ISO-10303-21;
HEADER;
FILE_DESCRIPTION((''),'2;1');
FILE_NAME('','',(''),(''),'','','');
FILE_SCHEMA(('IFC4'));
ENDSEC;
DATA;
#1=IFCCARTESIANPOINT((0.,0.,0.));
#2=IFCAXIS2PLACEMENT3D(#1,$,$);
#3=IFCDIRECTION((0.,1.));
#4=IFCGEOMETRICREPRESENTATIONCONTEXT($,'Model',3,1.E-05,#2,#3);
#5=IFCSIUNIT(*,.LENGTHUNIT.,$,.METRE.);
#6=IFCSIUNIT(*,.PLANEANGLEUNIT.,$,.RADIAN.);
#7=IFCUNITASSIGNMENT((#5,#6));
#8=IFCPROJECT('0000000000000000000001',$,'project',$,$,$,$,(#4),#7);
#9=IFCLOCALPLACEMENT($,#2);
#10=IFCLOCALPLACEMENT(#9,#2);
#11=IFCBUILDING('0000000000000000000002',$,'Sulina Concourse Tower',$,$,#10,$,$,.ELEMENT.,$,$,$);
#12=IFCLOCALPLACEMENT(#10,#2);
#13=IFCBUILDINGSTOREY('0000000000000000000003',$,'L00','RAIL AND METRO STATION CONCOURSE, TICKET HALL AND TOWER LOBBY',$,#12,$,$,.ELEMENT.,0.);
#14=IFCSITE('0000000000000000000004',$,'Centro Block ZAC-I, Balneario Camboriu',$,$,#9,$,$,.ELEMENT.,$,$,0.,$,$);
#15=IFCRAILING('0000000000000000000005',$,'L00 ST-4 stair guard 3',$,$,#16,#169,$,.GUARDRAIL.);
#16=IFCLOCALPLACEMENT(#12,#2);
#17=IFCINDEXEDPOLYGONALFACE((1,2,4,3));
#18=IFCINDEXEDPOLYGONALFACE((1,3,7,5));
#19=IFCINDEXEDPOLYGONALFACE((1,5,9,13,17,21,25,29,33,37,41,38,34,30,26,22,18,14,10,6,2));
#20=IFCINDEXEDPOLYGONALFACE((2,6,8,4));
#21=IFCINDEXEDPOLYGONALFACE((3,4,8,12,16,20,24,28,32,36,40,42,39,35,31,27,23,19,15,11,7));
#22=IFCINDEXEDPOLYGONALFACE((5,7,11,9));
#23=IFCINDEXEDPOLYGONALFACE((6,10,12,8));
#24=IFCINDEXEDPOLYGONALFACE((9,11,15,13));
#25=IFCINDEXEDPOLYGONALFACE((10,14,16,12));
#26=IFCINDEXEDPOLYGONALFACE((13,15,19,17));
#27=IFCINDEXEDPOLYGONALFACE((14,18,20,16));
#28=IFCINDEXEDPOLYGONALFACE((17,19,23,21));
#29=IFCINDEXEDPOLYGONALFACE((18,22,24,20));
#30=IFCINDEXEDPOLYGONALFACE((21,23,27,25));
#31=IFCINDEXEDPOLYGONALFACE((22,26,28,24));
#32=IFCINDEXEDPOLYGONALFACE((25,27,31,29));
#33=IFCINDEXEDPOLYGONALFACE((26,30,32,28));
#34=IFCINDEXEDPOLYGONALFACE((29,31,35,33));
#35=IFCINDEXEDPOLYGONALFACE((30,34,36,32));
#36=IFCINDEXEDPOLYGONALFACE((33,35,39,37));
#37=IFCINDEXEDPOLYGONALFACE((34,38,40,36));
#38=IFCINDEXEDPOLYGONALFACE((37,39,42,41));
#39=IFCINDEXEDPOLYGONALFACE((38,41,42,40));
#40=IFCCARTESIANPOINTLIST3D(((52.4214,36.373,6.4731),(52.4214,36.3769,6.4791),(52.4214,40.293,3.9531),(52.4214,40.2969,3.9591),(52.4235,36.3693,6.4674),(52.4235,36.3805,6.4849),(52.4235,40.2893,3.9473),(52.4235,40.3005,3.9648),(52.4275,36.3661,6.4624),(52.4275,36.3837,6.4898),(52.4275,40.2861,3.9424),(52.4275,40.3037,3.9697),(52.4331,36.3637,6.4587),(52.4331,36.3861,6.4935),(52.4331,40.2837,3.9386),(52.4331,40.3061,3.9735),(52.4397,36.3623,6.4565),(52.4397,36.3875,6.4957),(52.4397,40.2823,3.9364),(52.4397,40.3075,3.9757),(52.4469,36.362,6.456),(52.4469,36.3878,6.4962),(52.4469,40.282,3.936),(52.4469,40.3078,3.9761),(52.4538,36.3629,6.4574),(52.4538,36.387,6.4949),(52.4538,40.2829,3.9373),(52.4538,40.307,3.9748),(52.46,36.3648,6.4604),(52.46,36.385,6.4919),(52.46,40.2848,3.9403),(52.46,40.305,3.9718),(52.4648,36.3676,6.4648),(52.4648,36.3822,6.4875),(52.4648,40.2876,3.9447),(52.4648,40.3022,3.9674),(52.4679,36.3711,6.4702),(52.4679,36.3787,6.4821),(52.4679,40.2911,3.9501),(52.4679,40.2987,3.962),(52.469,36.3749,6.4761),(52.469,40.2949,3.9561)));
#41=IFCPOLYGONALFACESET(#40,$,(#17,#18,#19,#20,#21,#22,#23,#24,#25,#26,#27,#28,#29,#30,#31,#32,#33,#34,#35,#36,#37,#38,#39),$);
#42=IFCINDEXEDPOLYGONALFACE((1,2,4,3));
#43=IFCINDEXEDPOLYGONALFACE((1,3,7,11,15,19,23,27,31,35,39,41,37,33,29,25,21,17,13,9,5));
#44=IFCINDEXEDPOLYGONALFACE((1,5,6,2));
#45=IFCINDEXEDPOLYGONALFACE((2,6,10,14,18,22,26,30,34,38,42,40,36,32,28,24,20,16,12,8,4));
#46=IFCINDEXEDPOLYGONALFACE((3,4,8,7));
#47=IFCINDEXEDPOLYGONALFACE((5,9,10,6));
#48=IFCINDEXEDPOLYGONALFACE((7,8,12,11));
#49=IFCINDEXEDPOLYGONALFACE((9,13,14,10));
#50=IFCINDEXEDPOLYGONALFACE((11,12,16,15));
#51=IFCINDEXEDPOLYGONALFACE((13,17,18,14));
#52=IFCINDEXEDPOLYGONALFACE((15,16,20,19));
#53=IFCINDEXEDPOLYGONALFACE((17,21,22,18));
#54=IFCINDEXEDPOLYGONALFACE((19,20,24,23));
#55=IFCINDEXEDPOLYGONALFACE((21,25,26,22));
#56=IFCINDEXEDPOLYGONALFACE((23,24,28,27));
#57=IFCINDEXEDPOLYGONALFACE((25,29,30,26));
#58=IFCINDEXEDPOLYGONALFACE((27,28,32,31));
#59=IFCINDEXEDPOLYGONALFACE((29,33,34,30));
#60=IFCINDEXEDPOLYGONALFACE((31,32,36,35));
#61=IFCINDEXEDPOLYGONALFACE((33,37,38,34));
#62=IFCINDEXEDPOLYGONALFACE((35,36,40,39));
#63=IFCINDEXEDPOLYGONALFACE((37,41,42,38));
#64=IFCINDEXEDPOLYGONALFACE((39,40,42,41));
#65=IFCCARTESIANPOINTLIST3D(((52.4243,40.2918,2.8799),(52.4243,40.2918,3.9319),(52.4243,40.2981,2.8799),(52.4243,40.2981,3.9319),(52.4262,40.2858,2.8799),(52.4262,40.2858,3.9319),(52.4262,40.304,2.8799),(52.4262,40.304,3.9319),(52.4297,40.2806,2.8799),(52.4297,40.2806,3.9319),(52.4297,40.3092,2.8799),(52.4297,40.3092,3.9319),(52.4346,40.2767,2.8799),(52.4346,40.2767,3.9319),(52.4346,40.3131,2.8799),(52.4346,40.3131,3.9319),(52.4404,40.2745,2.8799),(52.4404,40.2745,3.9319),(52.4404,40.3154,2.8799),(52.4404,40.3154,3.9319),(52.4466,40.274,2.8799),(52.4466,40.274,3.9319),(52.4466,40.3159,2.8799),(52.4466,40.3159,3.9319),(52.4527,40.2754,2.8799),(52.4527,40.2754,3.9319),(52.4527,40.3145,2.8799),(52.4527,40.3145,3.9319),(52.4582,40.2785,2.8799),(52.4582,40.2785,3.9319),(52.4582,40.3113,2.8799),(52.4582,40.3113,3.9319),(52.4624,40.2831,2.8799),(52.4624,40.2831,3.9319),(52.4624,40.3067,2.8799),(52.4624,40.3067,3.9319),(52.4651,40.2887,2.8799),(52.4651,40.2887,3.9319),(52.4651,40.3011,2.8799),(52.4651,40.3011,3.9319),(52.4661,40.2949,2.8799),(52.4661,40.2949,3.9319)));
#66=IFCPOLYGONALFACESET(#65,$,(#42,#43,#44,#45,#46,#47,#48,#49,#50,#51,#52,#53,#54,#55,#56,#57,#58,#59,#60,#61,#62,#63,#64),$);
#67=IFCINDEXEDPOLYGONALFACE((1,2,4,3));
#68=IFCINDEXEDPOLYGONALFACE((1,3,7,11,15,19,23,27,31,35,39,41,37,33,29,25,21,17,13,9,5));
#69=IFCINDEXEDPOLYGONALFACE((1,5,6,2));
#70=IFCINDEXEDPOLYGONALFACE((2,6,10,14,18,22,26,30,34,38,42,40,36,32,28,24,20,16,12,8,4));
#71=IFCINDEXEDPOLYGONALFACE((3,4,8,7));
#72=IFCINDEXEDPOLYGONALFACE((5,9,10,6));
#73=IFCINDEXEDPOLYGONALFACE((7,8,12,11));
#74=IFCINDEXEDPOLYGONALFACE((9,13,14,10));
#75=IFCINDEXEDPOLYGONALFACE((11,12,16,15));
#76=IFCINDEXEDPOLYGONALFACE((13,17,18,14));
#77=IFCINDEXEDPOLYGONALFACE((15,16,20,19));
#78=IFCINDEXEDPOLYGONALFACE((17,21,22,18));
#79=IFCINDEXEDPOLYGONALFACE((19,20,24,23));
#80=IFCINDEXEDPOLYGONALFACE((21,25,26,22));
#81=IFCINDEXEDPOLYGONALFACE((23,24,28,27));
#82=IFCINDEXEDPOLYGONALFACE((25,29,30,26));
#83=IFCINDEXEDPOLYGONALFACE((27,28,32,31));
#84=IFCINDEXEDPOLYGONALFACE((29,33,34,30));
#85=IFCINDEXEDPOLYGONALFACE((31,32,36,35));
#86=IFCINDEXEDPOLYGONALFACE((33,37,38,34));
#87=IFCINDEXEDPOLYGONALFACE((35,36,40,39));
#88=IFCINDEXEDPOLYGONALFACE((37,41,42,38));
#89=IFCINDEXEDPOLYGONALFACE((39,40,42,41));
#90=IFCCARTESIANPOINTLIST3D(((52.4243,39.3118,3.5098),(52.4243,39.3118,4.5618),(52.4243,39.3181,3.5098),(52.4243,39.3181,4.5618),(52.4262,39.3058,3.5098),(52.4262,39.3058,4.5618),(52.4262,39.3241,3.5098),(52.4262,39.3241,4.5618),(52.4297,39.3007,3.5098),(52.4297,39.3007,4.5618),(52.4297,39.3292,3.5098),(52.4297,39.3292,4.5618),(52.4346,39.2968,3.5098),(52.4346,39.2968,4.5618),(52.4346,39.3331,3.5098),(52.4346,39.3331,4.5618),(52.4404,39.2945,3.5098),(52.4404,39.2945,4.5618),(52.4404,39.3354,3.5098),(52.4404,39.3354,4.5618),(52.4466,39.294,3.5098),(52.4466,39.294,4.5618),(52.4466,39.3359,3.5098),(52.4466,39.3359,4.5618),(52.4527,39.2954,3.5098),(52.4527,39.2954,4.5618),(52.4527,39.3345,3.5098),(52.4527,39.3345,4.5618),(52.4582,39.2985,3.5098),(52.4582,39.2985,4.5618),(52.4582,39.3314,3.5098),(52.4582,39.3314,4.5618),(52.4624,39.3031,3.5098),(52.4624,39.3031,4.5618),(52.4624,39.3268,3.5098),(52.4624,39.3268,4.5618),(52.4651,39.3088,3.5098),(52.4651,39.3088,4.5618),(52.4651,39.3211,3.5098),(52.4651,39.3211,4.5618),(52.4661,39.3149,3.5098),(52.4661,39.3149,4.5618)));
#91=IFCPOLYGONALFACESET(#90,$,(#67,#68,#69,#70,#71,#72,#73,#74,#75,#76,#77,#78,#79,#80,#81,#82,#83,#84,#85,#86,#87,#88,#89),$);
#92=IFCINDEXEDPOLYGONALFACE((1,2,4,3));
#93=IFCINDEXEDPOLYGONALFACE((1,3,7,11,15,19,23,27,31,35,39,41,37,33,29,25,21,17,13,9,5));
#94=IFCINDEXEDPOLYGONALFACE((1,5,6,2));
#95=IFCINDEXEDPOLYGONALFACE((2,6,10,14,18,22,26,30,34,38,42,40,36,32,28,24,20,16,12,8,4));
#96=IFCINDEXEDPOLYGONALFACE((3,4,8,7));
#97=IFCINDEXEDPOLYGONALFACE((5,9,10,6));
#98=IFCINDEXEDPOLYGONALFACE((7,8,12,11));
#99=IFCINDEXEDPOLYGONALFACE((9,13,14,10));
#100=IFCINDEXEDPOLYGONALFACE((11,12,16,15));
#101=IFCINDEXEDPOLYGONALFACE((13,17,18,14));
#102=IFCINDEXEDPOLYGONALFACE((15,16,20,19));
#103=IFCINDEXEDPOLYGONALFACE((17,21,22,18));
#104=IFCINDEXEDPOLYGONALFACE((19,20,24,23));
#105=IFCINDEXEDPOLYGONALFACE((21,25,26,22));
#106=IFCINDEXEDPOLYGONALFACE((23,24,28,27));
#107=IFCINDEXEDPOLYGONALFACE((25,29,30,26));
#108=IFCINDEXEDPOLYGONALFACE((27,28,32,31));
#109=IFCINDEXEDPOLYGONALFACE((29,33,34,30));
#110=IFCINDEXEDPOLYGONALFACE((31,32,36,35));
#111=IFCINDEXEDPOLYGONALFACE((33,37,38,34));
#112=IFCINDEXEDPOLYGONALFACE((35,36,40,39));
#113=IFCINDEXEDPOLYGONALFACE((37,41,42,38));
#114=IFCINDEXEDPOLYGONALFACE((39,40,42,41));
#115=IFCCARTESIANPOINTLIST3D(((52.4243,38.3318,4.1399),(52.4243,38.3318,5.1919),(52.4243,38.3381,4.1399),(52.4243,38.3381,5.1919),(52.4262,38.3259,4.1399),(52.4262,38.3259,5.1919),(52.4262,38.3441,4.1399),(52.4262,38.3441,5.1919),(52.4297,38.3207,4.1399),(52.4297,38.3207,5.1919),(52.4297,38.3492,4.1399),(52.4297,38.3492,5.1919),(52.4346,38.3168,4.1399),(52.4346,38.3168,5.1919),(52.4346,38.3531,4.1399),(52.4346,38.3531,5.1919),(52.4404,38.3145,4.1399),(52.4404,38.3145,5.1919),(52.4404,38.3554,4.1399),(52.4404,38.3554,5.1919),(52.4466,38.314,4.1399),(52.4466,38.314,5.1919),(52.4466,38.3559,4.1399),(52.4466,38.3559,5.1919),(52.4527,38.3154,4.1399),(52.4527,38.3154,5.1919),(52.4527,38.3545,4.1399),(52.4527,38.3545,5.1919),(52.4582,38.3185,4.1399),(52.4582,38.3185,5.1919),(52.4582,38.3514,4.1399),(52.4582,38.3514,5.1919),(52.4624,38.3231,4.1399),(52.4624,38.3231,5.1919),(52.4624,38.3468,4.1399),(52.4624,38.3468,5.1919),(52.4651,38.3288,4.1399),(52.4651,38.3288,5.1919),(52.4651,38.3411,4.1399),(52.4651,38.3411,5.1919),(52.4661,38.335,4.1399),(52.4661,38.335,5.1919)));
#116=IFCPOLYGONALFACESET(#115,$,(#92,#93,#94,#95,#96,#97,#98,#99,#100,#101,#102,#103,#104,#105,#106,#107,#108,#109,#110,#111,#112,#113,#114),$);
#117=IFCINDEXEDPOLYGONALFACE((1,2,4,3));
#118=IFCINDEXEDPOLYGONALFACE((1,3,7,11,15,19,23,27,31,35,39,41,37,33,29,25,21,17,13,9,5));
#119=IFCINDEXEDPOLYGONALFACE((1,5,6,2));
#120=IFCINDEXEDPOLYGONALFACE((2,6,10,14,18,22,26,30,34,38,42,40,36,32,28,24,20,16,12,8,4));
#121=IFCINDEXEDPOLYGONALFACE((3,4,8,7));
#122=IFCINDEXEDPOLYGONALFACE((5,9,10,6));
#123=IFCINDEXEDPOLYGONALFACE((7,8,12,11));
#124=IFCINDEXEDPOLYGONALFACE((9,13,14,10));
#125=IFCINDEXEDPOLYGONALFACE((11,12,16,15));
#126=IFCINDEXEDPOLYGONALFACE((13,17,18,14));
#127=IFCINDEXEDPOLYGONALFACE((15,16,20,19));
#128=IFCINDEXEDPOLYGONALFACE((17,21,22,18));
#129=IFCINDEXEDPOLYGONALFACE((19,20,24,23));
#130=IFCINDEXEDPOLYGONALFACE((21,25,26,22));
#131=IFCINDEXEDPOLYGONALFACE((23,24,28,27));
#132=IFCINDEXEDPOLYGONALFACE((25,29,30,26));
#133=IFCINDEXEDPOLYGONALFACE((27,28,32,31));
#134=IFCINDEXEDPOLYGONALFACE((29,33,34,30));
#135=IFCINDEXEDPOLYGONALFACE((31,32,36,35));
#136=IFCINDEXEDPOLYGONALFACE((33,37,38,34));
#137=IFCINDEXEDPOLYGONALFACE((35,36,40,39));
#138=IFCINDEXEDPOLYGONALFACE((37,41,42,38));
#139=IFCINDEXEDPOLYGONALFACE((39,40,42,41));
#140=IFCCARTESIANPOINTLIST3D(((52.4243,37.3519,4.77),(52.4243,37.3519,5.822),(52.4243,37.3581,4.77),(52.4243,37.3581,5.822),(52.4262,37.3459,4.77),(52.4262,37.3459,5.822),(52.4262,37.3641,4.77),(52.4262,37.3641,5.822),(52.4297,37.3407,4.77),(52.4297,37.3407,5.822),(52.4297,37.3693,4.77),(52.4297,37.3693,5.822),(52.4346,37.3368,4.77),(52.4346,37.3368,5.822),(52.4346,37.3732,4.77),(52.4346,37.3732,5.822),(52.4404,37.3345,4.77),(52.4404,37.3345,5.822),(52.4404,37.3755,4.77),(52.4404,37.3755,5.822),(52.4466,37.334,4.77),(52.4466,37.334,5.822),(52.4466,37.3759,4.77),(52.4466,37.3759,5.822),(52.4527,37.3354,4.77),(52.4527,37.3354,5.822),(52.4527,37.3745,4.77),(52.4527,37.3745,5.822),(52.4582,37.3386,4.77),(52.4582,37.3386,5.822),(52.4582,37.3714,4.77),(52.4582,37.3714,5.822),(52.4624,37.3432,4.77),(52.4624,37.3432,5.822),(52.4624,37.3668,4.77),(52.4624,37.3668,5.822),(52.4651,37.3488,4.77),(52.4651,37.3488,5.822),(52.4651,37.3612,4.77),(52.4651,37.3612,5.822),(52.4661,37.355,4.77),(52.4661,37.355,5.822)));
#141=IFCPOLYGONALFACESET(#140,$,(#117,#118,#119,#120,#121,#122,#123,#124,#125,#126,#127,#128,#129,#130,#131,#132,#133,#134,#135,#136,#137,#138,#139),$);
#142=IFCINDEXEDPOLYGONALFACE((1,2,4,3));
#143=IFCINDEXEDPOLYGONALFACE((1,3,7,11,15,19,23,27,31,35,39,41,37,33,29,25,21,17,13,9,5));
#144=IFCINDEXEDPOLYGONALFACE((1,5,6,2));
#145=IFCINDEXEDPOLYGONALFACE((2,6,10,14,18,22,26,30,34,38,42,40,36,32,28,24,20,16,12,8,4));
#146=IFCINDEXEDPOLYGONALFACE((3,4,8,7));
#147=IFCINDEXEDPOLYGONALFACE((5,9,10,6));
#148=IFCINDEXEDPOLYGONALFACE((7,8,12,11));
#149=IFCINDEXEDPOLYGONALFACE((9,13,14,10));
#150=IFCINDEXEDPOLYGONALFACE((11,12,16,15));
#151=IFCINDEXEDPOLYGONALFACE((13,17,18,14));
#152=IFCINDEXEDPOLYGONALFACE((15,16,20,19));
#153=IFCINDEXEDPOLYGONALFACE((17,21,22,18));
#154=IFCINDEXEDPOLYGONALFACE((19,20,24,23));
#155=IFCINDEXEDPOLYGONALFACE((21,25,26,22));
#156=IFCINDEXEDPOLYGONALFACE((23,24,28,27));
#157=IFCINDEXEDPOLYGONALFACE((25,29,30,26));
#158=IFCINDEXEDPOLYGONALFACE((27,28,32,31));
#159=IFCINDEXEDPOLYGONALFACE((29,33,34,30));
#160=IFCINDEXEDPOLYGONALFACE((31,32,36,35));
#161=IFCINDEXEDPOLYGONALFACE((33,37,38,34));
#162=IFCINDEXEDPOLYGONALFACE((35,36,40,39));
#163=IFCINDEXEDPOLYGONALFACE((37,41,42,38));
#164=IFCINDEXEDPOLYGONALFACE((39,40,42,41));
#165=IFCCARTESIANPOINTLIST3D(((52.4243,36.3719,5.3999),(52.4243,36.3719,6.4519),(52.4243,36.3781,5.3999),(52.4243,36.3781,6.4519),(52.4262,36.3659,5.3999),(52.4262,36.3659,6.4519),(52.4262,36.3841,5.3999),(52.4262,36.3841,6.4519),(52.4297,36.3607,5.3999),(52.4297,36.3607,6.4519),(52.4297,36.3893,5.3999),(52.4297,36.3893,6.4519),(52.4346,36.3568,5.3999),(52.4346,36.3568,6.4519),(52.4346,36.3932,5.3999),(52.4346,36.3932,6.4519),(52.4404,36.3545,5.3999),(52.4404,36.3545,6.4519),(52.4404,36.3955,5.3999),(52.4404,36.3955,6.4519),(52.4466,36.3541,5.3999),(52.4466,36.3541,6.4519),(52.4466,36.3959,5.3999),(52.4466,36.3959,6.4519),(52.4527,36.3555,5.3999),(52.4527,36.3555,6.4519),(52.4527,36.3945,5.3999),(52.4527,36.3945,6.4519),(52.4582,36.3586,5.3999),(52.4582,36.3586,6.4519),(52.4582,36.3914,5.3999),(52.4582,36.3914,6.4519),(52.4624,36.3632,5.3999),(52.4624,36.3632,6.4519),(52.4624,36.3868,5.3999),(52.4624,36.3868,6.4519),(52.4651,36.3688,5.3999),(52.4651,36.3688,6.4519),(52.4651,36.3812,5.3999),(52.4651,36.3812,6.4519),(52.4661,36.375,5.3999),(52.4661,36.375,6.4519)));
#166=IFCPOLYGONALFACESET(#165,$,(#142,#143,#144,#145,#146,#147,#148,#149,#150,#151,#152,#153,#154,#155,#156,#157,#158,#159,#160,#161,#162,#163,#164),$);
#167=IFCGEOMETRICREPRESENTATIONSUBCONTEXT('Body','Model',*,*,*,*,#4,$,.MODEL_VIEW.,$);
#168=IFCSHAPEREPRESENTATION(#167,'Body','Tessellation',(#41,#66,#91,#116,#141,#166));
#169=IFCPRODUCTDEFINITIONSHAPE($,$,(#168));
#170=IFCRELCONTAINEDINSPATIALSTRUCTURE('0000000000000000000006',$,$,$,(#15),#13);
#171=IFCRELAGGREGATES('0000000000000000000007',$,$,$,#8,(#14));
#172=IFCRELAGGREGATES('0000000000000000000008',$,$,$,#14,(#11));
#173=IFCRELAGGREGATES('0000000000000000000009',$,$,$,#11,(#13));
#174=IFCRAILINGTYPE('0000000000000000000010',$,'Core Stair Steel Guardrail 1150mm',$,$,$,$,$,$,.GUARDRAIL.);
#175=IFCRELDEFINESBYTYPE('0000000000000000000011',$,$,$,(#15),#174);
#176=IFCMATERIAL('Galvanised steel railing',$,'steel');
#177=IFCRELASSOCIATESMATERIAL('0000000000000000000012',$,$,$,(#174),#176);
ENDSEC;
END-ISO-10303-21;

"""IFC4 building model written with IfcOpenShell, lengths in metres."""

from ifc_helpers import new_model, si_unit, direction, frame, origin, origin_2d, place, context, subcontext, project, spatial, circle, extrude, material, type_object, element, save


model = new_model("IFC4")

# Units and contexts
model_context = context("Model", 3, precision=1e-05, world=origin(), true_north=direction((0.0, 1.0)))
body_context = subcontext(model_context, "Body", "Model", "MODEL_VIEW")
ifc_project = project(units=[si_unit("LENGTHUNIT", "METRE"), si_unit("PLANEANGLEUNIT", "RADIAN")], contexts=[model_context])

# Site, building, storey
site_placement = place(None, origin())
site = spatial("IfcSite", under=ifc_project, at=site_placement, Name="Centro Block ZAC-I, Balneario Camboriu", CompositionType="ELEMENT", RefElevation=0.0)
building_placement = place(site_placement, origin())
building = spatial("IfcBuilding", under=site, at=building_placement, Name="Sulina Concourse Tower", CompositionType="ELEMENT")
storey_placement = place(building_placement, origin())
storey = spatial("IfcBuildingStorey", under=building, at=storey_placement, Name="L00", Description="RAIL AND METRO STATION CONCOURSE, TICKET HALL AND TOWER LOBBY", CompositionType="ELEMENT", Elevation=0.0)

# Railing
ifc_material_1 = material(Name="Galvanised steel railing", Category="steel")
railing_type_1 = type_object("IfcRailingType", Name="Core Stair Steel Guardrail 1150mm", PredefinedType="GUARDRAIL", material=ifc_material_1)
railing_1_placement = place(storey_placement, frame((52.4451, 40.2949, 2.8799)))
element("IfcRailing", 1, at=railing_1_placement, inside=storey, type_object=railing_type_1, Name="L00 ST-4 stair guard 3", PredefinedType="GUARDRAIL", context=body_context, shape_type="SweptSolid", body=[
    extrude(circle(Radius=0.0239, at=origin_2d()), frame((0.0, 0.0, 1.0762), z_axis=(0.0, -0.841172, 0.540768), x_axis=(1.0, 0.0, 0.0)), (0.0, 0.0, 1.0), 4.6602),
    extrude(circle(Radius=0.021, at=origin_2d()), origin(), (0.0, 0.0, 1.0), 1.052),
    extrude(circle(Radius=0.021, at=origin_2d()), frame((0.0, -0.98, 0.6299)), (0.0, 0.0, 1.0), 1.052),
    extrude(circle(Radius=0.021, at=origin_2d()), frame((0.0, -1.96, 1.26)), (0.0, 0.0, 1.0), 1.052),
    extrude(circle(Radius=0.021, at=origin_2d()), frame((0.0, -2.9399, 1.8901)), (0.0, 0.0, 1.0), 1.052),
    extrude(circle(Radius=0.021, at=origin_2d()), frame((0.0, -3.9199, 2.52)), (0.0, 0.0, 1.0), 1.052),
])

save(model, "model.ifc")
